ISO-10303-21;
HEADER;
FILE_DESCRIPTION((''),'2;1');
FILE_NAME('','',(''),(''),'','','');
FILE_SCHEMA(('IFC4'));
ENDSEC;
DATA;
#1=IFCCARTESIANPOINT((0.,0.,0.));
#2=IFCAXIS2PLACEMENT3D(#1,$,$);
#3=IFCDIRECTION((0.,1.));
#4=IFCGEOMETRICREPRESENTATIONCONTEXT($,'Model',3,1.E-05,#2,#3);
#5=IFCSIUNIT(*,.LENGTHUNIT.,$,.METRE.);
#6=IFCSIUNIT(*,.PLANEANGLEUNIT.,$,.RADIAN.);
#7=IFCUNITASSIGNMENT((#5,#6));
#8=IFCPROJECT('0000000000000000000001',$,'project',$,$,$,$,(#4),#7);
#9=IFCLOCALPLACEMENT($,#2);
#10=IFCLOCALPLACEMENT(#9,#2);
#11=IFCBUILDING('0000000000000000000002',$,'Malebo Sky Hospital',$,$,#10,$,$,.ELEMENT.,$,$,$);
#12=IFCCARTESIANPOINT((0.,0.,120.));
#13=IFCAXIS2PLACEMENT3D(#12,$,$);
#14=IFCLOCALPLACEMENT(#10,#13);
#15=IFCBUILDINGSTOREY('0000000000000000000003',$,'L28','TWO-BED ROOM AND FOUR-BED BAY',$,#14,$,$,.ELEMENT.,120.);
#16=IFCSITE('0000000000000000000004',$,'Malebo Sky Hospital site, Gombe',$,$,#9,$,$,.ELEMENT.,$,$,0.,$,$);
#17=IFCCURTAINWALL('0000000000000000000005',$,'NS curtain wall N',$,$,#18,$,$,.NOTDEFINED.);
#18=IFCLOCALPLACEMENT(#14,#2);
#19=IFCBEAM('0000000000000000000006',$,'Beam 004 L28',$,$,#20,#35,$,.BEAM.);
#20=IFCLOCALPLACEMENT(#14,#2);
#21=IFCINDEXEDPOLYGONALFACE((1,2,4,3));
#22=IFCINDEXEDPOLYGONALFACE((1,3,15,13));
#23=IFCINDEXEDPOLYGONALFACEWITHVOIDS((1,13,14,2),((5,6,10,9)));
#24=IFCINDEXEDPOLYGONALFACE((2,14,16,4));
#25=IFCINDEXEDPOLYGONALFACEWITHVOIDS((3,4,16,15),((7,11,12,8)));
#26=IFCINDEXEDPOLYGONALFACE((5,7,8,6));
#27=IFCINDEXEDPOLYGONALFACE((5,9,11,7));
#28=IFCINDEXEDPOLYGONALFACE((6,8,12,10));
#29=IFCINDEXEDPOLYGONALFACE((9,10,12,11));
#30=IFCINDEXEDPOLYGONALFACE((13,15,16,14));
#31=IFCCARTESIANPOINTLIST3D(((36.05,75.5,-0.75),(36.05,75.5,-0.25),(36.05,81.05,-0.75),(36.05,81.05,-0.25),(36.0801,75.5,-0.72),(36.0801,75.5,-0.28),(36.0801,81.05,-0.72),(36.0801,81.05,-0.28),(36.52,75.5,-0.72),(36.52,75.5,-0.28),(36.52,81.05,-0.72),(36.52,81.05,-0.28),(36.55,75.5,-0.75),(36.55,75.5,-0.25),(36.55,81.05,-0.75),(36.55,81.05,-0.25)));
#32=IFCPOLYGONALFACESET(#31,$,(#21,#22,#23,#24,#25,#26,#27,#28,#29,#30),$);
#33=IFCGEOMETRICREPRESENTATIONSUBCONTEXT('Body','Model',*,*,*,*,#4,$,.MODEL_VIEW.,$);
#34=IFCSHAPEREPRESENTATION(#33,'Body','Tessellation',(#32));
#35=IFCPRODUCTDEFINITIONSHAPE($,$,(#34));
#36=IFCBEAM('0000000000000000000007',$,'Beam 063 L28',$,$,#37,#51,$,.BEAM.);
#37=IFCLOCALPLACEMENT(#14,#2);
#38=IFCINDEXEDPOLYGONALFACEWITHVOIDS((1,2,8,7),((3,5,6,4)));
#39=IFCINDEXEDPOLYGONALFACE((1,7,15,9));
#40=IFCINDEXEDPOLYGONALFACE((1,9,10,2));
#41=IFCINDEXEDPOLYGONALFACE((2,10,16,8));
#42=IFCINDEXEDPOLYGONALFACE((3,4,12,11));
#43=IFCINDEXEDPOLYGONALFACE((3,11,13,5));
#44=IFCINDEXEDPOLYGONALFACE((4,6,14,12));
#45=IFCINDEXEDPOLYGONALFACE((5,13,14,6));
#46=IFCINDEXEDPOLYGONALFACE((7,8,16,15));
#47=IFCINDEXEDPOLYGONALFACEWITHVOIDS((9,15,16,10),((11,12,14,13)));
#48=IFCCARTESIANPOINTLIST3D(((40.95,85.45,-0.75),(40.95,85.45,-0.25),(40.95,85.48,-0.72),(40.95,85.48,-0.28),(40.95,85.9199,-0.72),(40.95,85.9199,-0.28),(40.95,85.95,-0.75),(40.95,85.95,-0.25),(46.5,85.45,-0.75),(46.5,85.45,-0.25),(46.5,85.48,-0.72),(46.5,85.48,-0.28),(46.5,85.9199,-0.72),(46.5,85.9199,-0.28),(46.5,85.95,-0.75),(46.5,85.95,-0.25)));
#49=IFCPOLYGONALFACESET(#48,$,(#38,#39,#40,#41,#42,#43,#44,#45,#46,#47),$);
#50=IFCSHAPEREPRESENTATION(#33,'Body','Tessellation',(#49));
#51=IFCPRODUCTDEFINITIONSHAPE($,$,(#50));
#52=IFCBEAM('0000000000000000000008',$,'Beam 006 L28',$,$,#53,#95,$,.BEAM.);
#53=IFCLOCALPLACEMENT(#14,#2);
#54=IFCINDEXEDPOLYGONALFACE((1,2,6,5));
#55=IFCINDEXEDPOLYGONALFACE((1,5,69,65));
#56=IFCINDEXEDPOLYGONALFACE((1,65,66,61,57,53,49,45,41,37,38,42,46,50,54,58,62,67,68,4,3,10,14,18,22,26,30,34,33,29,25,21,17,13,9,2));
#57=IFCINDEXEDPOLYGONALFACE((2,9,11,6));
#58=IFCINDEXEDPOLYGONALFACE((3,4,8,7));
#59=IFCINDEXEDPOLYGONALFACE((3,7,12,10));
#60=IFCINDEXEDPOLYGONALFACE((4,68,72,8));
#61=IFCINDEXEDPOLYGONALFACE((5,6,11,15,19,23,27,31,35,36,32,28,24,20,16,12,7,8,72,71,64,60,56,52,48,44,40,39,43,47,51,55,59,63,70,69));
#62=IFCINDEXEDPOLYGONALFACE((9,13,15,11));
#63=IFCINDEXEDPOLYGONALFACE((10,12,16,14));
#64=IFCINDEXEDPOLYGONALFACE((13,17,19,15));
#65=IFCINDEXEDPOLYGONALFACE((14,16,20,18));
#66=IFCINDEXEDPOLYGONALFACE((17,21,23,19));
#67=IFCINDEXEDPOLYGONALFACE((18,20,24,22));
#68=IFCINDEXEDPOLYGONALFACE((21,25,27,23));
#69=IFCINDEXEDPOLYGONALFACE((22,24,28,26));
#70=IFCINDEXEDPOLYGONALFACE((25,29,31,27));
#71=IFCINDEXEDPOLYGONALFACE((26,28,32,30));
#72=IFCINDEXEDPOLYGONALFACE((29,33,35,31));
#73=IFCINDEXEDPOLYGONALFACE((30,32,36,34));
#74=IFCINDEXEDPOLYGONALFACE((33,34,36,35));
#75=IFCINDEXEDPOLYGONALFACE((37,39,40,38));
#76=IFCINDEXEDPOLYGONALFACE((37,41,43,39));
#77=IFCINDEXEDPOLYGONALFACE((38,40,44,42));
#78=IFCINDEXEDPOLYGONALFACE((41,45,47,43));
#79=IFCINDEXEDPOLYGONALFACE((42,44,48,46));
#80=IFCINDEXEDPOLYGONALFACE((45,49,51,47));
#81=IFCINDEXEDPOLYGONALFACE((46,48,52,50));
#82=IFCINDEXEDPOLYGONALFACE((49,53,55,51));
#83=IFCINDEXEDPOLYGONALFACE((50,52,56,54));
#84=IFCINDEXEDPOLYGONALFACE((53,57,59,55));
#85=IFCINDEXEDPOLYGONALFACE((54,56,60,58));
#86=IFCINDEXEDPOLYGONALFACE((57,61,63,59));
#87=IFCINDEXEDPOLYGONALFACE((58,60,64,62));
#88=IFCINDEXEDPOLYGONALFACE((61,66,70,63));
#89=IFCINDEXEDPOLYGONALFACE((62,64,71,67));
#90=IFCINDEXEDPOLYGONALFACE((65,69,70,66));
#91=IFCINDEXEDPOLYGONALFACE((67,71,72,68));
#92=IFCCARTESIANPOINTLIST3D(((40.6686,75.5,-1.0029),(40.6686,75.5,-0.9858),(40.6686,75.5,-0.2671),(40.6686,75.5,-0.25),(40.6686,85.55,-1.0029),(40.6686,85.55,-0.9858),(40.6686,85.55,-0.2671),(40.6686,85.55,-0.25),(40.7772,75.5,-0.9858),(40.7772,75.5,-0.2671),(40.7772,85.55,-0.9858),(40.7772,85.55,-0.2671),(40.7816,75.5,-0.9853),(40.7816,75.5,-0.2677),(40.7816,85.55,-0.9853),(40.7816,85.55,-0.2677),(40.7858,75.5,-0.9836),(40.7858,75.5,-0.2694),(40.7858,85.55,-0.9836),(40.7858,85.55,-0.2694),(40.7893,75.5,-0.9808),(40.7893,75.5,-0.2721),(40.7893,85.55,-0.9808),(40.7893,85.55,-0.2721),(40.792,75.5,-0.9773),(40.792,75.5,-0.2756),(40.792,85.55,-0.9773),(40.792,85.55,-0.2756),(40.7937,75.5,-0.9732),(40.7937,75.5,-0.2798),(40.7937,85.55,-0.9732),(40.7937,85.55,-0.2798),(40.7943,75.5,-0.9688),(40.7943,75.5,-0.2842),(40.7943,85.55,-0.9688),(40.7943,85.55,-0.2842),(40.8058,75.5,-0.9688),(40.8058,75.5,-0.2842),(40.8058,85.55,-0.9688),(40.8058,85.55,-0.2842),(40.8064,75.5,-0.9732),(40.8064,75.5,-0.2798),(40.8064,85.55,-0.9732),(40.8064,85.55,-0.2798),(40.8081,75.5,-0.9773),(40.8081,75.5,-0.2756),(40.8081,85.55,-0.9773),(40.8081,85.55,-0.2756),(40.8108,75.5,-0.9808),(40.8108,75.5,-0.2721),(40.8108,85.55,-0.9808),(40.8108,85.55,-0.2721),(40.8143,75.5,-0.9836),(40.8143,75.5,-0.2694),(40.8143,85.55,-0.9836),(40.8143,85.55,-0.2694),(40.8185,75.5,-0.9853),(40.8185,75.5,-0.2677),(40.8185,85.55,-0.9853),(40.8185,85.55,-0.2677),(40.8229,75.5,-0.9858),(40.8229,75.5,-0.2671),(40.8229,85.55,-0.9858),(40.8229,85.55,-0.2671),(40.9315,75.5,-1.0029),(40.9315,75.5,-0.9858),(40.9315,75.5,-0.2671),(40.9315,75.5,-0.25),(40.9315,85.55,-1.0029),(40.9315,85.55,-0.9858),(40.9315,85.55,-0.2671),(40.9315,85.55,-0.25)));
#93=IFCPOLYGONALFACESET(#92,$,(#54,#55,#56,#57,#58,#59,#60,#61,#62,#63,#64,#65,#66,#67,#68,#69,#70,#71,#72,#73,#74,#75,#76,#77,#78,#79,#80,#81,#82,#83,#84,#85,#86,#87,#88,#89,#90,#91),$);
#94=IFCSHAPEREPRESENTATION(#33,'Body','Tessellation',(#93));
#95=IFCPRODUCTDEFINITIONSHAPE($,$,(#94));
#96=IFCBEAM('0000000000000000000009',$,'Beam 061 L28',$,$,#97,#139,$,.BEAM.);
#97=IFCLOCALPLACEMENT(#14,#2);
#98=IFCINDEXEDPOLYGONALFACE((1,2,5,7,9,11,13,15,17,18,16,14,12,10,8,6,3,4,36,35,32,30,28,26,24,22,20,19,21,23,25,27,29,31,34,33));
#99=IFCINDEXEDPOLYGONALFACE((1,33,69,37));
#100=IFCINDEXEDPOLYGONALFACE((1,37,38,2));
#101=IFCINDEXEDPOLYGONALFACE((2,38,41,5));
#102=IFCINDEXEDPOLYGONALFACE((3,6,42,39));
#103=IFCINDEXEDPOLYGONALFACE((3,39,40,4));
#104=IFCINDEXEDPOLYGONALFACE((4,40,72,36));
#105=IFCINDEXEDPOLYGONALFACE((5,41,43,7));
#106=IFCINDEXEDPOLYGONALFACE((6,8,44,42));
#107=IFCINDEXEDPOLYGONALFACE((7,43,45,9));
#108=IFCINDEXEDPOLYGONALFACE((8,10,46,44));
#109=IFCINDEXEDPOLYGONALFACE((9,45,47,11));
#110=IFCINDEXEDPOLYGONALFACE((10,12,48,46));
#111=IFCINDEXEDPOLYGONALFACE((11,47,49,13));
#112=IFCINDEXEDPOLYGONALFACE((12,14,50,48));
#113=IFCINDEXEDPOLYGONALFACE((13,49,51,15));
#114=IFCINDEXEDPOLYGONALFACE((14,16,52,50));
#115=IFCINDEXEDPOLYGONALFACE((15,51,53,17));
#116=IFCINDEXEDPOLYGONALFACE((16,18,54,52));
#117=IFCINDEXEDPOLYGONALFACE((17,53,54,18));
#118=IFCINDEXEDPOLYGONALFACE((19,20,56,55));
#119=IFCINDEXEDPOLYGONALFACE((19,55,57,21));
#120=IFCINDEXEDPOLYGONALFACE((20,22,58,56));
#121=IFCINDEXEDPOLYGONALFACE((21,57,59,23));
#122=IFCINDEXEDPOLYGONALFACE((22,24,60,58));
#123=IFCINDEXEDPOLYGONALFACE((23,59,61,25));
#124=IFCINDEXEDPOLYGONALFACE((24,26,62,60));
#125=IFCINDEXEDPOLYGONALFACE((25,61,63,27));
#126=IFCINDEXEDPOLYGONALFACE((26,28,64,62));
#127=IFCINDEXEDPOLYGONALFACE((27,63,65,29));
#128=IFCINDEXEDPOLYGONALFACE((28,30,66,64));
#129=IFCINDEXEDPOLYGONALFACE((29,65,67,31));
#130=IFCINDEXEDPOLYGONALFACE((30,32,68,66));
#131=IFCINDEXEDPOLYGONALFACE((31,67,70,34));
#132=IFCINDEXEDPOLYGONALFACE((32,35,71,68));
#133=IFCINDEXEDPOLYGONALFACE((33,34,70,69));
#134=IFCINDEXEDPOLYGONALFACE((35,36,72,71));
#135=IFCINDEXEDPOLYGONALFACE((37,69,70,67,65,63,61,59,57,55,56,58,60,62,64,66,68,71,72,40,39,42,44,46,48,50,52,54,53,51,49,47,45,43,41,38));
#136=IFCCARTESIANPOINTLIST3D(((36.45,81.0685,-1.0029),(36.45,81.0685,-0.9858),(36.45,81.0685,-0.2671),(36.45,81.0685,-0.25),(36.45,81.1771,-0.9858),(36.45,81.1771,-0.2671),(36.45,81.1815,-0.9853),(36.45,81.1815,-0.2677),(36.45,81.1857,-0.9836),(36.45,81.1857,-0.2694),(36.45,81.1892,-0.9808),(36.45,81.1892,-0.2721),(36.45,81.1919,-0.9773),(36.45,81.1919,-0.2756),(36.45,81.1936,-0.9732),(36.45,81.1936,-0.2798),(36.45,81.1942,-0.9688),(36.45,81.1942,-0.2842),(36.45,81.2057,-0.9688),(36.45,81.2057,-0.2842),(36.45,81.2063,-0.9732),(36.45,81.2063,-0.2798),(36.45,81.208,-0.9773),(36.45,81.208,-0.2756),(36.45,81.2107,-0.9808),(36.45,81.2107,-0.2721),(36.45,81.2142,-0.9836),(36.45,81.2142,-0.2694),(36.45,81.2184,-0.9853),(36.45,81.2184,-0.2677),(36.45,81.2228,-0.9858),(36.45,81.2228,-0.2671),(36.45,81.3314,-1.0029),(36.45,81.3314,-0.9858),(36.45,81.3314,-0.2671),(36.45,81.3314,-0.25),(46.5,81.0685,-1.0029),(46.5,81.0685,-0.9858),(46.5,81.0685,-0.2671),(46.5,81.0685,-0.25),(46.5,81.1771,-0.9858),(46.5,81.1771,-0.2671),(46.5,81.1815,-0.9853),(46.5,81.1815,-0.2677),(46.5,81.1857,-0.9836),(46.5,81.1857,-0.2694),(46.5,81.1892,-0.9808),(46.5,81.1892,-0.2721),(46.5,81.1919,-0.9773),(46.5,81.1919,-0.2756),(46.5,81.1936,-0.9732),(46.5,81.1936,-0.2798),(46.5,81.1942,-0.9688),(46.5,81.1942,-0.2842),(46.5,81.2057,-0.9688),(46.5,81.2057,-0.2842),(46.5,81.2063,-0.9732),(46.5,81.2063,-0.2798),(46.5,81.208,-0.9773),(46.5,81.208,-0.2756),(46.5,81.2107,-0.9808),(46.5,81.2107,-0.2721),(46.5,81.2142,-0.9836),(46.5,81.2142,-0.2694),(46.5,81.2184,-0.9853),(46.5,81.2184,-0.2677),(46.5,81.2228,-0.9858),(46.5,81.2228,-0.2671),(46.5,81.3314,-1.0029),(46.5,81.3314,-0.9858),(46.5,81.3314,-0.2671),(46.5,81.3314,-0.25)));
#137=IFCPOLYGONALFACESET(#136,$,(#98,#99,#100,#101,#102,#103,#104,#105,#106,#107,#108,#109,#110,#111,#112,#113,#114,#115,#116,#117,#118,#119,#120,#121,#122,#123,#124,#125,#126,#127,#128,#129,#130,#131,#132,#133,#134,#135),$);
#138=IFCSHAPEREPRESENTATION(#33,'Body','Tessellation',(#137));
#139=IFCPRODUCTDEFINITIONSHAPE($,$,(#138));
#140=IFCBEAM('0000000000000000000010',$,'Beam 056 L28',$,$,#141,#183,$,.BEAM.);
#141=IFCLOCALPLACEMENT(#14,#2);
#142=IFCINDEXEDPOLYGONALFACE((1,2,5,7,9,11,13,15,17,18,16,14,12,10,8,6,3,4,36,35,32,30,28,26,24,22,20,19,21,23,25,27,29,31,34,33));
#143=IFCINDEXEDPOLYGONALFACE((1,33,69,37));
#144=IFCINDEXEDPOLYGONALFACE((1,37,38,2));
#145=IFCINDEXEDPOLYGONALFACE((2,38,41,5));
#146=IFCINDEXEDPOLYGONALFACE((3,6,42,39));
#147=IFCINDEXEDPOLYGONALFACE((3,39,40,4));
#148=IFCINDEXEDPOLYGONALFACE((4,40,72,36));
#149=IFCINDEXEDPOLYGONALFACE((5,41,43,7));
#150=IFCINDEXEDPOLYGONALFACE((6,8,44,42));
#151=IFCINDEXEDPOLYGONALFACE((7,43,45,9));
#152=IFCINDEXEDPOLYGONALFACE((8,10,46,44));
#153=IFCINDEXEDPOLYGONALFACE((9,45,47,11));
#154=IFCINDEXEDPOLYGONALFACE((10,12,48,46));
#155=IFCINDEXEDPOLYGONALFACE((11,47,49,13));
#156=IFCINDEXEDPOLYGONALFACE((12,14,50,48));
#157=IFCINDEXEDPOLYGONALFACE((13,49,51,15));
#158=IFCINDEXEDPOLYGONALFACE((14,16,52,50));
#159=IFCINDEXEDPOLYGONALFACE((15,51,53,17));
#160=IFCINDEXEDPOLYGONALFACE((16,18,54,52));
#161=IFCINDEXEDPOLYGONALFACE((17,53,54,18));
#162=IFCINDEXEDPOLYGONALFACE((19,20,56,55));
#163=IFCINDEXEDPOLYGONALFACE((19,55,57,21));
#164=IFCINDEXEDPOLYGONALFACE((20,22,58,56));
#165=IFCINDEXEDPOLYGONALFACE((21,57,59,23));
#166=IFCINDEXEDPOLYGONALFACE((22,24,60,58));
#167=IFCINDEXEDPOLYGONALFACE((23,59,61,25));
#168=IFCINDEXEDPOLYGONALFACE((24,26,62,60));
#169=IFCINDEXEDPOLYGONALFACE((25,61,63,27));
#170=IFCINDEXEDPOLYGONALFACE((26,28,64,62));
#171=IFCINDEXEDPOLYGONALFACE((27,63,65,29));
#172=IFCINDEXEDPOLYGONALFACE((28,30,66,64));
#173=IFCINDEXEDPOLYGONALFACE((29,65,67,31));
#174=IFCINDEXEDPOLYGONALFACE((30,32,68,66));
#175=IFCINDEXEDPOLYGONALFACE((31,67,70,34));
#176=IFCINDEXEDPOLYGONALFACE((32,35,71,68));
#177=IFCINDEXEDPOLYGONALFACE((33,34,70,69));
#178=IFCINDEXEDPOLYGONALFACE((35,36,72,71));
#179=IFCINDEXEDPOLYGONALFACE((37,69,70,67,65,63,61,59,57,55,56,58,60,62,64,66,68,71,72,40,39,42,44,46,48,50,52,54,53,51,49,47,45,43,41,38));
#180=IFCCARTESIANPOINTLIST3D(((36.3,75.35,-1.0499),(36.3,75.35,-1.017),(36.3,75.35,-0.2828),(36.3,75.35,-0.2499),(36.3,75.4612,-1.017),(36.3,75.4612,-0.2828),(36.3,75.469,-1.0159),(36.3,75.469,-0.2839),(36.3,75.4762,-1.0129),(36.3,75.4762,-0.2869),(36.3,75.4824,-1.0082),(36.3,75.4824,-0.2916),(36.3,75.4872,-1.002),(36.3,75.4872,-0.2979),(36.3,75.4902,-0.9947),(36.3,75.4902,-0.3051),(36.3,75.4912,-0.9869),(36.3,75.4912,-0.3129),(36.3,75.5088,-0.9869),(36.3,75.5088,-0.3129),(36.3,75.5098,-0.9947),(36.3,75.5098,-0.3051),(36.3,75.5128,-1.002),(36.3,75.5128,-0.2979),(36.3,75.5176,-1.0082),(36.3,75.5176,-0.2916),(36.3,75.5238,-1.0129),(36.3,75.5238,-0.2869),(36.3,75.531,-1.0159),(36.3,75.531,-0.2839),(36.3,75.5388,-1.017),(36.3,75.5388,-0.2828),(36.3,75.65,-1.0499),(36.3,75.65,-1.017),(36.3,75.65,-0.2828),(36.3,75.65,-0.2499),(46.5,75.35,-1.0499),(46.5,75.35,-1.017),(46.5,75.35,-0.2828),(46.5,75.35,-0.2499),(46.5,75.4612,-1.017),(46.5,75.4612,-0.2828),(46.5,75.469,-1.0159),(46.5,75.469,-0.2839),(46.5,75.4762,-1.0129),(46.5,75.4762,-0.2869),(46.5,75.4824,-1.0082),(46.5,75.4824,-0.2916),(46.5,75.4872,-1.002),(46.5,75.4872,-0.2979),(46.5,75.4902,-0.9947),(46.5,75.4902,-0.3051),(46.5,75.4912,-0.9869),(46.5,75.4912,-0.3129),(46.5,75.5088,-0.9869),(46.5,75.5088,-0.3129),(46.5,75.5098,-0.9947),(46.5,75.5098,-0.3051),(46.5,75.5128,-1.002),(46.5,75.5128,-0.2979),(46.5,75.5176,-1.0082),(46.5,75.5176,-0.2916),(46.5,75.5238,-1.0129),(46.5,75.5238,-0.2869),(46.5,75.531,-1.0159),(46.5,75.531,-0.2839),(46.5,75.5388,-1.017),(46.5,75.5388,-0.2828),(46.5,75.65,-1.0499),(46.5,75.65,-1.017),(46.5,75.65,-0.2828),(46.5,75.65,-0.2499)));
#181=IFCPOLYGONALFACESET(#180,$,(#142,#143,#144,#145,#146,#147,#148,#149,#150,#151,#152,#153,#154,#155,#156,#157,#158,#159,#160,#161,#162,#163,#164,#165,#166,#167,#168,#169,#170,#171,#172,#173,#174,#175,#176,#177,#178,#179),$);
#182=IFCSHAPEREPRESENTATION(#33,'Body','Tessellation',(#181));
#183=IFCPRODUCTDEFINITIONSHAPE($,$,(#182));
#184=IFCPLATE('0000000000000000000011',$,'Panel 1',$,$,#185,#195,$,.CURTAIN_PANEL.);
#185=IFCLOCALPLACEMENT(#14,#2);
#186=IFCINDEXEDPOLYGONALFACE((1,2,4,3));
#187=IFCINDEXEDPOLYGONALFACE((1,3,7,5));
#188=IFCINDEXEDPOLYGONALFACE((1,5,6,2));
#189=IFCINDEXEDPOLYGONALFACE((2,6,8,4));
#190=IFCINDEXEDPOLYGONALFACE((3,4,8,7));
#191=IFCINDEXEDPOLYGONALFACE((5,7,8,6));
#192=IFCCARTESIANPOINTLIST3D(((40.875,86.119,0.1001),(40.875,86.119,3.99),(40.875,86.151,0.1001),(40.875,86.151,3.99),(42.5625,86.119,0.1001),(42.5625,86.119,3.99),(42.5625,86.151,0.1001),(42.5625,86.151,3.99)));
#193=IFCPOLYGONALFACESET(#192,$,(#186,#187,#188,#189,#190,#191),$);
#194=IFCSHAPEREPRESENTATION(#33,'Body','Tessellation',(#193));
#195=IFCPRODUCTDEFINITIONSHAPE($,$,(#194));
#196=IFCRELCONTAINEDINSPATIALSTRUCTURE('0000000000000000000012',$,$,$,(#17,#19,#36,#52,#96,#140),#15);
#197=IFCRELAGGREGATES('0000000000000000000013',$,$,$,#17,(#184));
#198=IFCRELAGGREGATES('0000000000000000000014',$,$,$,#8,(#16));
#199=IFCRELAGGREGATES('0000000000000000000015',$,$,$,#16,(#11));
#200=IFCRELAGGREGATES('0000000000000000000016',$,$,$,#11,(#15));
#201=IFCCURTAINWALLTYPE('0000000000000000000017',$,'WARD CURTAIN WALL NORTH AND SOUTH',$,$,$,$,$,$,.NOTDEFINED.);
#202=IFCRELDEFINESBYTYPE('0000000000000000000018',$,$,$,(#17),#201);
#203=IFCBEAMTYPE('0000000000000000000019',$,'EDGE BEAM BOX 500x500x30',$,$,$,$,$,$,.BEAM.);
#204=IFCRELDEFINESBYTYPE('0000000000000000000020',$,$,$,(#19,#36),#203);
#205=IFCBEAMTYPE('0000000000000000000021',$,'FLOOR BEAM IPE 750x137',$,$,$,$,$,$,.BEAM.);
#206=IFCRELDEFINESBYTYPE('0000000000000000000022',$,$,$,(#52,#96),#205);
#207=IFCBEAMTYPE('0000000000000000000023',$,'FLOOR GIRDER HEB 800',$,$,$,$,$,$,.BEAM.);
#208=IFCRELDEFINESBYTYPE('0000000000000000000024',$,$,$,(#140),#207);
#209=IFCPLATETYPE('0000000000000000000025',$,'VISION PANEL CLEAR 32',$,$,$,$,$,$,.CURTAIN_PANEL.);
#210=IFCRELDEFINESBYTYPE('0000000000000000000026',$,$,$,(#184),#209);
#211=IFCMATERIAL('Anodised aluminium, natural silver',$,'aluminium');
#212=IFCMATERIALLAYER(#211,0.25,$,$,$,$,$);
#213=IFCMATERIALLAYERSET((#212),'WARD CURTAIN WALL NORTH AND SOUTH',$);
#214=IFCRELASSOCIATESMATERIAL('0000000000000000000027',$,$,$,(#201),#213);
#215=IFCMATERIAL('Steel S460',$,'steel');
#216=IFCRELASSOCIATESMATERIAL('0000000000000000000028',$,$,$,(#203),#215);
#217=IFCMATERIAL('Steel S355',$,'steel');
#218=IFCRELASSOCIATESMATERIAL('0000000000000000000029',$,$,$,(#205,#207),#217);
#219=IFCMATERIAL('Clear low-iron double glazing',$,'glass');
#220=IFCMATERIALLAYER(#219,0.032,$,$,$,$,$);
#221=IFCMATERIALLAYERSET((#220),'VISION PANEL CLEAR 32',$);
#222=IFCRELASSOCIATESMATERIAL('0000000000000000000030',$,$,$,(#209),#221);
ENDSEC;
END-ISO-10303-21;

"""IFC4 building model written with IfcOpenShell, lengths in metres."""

from ifc_helpers import new_model, si_unit, direction, frame, origin, origin_2d, place, context, subcontext, project, spatial, rectangle, hollow_rectangle, i_section, extrude, material, layer, layer_set, material_profile, profile_set, type_object, element, aggregate, save


model = new_model("IFC4")

# Units and contexts
model_context = context("Model", 3, precision=1e-05, world=origin(), true_north=direction((0.0, 1.0)))
body_context = subcontext(model_context, "Body", "Model", "MODEL_VIEW")
ifc_project = project(units=[si_unit("LENGTHUNIT", "METRE"), si_unit("PLANEANGLEUNIT", "RADIAN")], contexts=[model_context])

# Site, building, storey
site_placement = place(None, origin())
site = spatial("IfcSite", under=ifc_project, at=site_placement, Name="Malebo Sky Hospital site, Gombe", CompositionType="ELEMENT", RefElevation=0.0)
building_placement = place(site_placement, origin())
building = spatial("IfcBuilding", under=site, at=building_placement, Name="Malebo Sky Hospital", CompositionType="ELEMENT")
storey_placement = place(building_placement, frame((0.0, 0.0, 120.0)))
storey = spatial("IfcBuildingStorey", under=building, at=storey_placement, Name="L28", Description="TWO-BED ROOM AND FOUR-BED BAY", CompositionType="ELEMENT", Elevation=120.0)

# Shared definitions
ifc_material_1 = material(Name="Steel S460", Category="steel")

# Curtain wall
ifc_material_2 = material(Name="Anodised aluminium, natural silver", Category="aluminium")
ifc_layer_1 = layer(ifc_material_2, 0.25)
ifc_layer_set_1 = layer_set([ifc_layer_1], Name="WARD CURTAIN WALL NORTH AND SOUTH")
curtain_wall_type_1 = type_object("IfcCurtainWallType", Name="WARD CURTAIN WALL NORTH AND SOUTH", PredefinedType="NOTDEFINED", material=ifc_layer_set_1)
curtain_wall_1_placement = place(storey_placement, origin())
curtain_wall_1 = element("IfcCurtainWall", 1, at=curtain_wall_1_placement, inside=storey, type_object=curtain_wall_type_1, Name="NS curtain wall N", PredefinedType="NOTDEFINED")

# Beams
ifc_material_profile_1 = material_profile(ifc_material_1, hollow_rectangle(XDim=0.5, YDim=0.5, WallThickness=0.03, at=origin_2d()), Name="BOX 500x500x30")
ifc_profile_set_1 = profile_set([ifc_material_profile_1], Name="Steel S460")
beam_type_1 = type_object("IfcBeamType", Name="EDGE BEAM BOX 500x500x30", PredefinedType="BEAM", material=ifc_profile_set_1)
for number, where, z_axis, x_axis, name in (
    (2, (36.3, 75.5, -0.5), (0.0, 1.0, 0.0), (-1.0, 0.0, 0.0), "Beam 004 L28"),
    (3, (40.95, 85.7, -0.5), (1.0, 0.0, 0.0), (0.0, 1.0, 0.0), "Beam 063 L28"),
):
    element("IfcBeam", number, at=place(storey_placement, frame(where, z_axis=z_axis, x_axis=x_axis)), inside=storey, type_object=beam_type_1, Name=name, PredefinedType="BEAM", context=body_context, shape_type="SweptSolid", body=[
        extrude(hollow_rectangle(XDim=0.5, YDim=0.5, WallThickness=0.03, at=origin_2d()), origin(), (0.0, 0.0, 1.0), 5.55),
    ])
ifc_material_3 = material(Name="Steel S355", Category="steel")
ifc_material_profile_2 = material_profile(ifc_material_3, i_section(OverallWidth=0.2629, OverallDepth=0.7529, WebThickness=0.0115, FlangeThickness=0.0171, FilletRadius=0.0171, at=origin_2d()), Name="IPE 750x137")
ifc_profile_set_2 = profile_set([ifc_material_profile_2], Name="Steel S355")
beam_type_2 = type_object("IfcBeamType", Name="FLOOR BEAM IPE 750x137", PredefinedType="BEAM", material=ifc_profile_set_2)
for number, where, z_axis, x_axis, name in (
    (4, (40.8, 75.5, -0.6265), (0.0, 1.0, 0.0), (-1.0, 0.0, 0.0), "Beam 006 L28"),
    (5, (36.45, 81.2, -0.6265), (1.0, 0.0, 0.0), (0.0, 1.0, 0.0), "Beam 061 L28"),
):
    element("IfcBeam", number, at=place(storey_placement, frame(where, z_axis=z_axis, x_axis=x_axis)), inside=storey, type_object=beam_type_2, Name=name, PredefinedType="BEAM", context=body_context, shape_type="SweptSolid", body=[
        extrude(i_section(OverallWidth=0.2629, OverallDepth=0.7529, WebThickness=0.0115, FlangeThickness=0.0171, FilletRadius=0.0171, at=origin_2d()), origin(), (0.0, 0.0, 1.0), 10.05),
    ])
ifc_material_profile_3 = material_profile(ifc_material_3, i_section(OverallWidth=0.3, OverallDepth=0.8, WebThickness=0.0176, FlangeThickness=0.033, FilletRadius=0.03, at=origin_2d()), Name="HEB 800")
ifc_profile_set_3 = profile_set([ifc_material_profile_3], Name="Steel S355")
beam_type_3 = type_object("IfcBeamType", Name="FLOOR GIRDER HEB 800", PredefinedType="BEAM", material=ifc_profile_set_3)
beam_placement = place(storey_placement, frame((36.3, 75.5, -0.6499), z_axis=(1.0, 0.0, 0.0), x_axis=(0.0, 1.0, 0.0)))
element("IfcBeam", 6, at=beam_placement, inside=storey, type_object=beam_type_3, Name="Beam 056 L28", PredefinedType="BEAM", context=body_context, shape_type="SweptSolid", body=[
    extrude(i_section(OverallWidth=0.3, OverallDepth=0.8, WebThickness=0.0176, FlangeThickness=0.033, FilletRadius=0.03, at=origin_2d()), origin(), (0.0, 0.0, 1.0), 10.2),
])

# Plate
ifc_material_4 = material(Name="Clear low-iron double glazing", Category="glass")
ifc_layer_2 = layer(ifc_material_4, 0.032)
ifc_layer_set_2 = layer_set([ifc_layer_2], Name="VISION PANEL CLEAR 32")
plate_type = type_object("IfcPlateType", Name="VISION PANEL CLEAR 32", PredefinedType="CURTAIN_PANEL", material=ifc_layer_set_2)
plate_1_placement = place(storey_placement, frame((41.7188, 86.135, 0.1001), z_axis=(0.0, 0.0, 1.0), x_axis=(1.0, 0.0, 0.0)))
plate_1 = element("IfcPlate", 7, at=plate_1_placement, type_object=plate_type, Name="Panel 1", PredefinedType="CURTAIN_PANEL", context=body_context, shape_type="SweptSolid", body=[
    extrude(rectangle(XDim=1.6875, YDim=0.032, at=origin_2d()), origin(), (0.0, 0.0, 1.0), 3.8899),
])
aggregate(curtain_wall_1, [plate_1])

save(model, "model.ifc")
